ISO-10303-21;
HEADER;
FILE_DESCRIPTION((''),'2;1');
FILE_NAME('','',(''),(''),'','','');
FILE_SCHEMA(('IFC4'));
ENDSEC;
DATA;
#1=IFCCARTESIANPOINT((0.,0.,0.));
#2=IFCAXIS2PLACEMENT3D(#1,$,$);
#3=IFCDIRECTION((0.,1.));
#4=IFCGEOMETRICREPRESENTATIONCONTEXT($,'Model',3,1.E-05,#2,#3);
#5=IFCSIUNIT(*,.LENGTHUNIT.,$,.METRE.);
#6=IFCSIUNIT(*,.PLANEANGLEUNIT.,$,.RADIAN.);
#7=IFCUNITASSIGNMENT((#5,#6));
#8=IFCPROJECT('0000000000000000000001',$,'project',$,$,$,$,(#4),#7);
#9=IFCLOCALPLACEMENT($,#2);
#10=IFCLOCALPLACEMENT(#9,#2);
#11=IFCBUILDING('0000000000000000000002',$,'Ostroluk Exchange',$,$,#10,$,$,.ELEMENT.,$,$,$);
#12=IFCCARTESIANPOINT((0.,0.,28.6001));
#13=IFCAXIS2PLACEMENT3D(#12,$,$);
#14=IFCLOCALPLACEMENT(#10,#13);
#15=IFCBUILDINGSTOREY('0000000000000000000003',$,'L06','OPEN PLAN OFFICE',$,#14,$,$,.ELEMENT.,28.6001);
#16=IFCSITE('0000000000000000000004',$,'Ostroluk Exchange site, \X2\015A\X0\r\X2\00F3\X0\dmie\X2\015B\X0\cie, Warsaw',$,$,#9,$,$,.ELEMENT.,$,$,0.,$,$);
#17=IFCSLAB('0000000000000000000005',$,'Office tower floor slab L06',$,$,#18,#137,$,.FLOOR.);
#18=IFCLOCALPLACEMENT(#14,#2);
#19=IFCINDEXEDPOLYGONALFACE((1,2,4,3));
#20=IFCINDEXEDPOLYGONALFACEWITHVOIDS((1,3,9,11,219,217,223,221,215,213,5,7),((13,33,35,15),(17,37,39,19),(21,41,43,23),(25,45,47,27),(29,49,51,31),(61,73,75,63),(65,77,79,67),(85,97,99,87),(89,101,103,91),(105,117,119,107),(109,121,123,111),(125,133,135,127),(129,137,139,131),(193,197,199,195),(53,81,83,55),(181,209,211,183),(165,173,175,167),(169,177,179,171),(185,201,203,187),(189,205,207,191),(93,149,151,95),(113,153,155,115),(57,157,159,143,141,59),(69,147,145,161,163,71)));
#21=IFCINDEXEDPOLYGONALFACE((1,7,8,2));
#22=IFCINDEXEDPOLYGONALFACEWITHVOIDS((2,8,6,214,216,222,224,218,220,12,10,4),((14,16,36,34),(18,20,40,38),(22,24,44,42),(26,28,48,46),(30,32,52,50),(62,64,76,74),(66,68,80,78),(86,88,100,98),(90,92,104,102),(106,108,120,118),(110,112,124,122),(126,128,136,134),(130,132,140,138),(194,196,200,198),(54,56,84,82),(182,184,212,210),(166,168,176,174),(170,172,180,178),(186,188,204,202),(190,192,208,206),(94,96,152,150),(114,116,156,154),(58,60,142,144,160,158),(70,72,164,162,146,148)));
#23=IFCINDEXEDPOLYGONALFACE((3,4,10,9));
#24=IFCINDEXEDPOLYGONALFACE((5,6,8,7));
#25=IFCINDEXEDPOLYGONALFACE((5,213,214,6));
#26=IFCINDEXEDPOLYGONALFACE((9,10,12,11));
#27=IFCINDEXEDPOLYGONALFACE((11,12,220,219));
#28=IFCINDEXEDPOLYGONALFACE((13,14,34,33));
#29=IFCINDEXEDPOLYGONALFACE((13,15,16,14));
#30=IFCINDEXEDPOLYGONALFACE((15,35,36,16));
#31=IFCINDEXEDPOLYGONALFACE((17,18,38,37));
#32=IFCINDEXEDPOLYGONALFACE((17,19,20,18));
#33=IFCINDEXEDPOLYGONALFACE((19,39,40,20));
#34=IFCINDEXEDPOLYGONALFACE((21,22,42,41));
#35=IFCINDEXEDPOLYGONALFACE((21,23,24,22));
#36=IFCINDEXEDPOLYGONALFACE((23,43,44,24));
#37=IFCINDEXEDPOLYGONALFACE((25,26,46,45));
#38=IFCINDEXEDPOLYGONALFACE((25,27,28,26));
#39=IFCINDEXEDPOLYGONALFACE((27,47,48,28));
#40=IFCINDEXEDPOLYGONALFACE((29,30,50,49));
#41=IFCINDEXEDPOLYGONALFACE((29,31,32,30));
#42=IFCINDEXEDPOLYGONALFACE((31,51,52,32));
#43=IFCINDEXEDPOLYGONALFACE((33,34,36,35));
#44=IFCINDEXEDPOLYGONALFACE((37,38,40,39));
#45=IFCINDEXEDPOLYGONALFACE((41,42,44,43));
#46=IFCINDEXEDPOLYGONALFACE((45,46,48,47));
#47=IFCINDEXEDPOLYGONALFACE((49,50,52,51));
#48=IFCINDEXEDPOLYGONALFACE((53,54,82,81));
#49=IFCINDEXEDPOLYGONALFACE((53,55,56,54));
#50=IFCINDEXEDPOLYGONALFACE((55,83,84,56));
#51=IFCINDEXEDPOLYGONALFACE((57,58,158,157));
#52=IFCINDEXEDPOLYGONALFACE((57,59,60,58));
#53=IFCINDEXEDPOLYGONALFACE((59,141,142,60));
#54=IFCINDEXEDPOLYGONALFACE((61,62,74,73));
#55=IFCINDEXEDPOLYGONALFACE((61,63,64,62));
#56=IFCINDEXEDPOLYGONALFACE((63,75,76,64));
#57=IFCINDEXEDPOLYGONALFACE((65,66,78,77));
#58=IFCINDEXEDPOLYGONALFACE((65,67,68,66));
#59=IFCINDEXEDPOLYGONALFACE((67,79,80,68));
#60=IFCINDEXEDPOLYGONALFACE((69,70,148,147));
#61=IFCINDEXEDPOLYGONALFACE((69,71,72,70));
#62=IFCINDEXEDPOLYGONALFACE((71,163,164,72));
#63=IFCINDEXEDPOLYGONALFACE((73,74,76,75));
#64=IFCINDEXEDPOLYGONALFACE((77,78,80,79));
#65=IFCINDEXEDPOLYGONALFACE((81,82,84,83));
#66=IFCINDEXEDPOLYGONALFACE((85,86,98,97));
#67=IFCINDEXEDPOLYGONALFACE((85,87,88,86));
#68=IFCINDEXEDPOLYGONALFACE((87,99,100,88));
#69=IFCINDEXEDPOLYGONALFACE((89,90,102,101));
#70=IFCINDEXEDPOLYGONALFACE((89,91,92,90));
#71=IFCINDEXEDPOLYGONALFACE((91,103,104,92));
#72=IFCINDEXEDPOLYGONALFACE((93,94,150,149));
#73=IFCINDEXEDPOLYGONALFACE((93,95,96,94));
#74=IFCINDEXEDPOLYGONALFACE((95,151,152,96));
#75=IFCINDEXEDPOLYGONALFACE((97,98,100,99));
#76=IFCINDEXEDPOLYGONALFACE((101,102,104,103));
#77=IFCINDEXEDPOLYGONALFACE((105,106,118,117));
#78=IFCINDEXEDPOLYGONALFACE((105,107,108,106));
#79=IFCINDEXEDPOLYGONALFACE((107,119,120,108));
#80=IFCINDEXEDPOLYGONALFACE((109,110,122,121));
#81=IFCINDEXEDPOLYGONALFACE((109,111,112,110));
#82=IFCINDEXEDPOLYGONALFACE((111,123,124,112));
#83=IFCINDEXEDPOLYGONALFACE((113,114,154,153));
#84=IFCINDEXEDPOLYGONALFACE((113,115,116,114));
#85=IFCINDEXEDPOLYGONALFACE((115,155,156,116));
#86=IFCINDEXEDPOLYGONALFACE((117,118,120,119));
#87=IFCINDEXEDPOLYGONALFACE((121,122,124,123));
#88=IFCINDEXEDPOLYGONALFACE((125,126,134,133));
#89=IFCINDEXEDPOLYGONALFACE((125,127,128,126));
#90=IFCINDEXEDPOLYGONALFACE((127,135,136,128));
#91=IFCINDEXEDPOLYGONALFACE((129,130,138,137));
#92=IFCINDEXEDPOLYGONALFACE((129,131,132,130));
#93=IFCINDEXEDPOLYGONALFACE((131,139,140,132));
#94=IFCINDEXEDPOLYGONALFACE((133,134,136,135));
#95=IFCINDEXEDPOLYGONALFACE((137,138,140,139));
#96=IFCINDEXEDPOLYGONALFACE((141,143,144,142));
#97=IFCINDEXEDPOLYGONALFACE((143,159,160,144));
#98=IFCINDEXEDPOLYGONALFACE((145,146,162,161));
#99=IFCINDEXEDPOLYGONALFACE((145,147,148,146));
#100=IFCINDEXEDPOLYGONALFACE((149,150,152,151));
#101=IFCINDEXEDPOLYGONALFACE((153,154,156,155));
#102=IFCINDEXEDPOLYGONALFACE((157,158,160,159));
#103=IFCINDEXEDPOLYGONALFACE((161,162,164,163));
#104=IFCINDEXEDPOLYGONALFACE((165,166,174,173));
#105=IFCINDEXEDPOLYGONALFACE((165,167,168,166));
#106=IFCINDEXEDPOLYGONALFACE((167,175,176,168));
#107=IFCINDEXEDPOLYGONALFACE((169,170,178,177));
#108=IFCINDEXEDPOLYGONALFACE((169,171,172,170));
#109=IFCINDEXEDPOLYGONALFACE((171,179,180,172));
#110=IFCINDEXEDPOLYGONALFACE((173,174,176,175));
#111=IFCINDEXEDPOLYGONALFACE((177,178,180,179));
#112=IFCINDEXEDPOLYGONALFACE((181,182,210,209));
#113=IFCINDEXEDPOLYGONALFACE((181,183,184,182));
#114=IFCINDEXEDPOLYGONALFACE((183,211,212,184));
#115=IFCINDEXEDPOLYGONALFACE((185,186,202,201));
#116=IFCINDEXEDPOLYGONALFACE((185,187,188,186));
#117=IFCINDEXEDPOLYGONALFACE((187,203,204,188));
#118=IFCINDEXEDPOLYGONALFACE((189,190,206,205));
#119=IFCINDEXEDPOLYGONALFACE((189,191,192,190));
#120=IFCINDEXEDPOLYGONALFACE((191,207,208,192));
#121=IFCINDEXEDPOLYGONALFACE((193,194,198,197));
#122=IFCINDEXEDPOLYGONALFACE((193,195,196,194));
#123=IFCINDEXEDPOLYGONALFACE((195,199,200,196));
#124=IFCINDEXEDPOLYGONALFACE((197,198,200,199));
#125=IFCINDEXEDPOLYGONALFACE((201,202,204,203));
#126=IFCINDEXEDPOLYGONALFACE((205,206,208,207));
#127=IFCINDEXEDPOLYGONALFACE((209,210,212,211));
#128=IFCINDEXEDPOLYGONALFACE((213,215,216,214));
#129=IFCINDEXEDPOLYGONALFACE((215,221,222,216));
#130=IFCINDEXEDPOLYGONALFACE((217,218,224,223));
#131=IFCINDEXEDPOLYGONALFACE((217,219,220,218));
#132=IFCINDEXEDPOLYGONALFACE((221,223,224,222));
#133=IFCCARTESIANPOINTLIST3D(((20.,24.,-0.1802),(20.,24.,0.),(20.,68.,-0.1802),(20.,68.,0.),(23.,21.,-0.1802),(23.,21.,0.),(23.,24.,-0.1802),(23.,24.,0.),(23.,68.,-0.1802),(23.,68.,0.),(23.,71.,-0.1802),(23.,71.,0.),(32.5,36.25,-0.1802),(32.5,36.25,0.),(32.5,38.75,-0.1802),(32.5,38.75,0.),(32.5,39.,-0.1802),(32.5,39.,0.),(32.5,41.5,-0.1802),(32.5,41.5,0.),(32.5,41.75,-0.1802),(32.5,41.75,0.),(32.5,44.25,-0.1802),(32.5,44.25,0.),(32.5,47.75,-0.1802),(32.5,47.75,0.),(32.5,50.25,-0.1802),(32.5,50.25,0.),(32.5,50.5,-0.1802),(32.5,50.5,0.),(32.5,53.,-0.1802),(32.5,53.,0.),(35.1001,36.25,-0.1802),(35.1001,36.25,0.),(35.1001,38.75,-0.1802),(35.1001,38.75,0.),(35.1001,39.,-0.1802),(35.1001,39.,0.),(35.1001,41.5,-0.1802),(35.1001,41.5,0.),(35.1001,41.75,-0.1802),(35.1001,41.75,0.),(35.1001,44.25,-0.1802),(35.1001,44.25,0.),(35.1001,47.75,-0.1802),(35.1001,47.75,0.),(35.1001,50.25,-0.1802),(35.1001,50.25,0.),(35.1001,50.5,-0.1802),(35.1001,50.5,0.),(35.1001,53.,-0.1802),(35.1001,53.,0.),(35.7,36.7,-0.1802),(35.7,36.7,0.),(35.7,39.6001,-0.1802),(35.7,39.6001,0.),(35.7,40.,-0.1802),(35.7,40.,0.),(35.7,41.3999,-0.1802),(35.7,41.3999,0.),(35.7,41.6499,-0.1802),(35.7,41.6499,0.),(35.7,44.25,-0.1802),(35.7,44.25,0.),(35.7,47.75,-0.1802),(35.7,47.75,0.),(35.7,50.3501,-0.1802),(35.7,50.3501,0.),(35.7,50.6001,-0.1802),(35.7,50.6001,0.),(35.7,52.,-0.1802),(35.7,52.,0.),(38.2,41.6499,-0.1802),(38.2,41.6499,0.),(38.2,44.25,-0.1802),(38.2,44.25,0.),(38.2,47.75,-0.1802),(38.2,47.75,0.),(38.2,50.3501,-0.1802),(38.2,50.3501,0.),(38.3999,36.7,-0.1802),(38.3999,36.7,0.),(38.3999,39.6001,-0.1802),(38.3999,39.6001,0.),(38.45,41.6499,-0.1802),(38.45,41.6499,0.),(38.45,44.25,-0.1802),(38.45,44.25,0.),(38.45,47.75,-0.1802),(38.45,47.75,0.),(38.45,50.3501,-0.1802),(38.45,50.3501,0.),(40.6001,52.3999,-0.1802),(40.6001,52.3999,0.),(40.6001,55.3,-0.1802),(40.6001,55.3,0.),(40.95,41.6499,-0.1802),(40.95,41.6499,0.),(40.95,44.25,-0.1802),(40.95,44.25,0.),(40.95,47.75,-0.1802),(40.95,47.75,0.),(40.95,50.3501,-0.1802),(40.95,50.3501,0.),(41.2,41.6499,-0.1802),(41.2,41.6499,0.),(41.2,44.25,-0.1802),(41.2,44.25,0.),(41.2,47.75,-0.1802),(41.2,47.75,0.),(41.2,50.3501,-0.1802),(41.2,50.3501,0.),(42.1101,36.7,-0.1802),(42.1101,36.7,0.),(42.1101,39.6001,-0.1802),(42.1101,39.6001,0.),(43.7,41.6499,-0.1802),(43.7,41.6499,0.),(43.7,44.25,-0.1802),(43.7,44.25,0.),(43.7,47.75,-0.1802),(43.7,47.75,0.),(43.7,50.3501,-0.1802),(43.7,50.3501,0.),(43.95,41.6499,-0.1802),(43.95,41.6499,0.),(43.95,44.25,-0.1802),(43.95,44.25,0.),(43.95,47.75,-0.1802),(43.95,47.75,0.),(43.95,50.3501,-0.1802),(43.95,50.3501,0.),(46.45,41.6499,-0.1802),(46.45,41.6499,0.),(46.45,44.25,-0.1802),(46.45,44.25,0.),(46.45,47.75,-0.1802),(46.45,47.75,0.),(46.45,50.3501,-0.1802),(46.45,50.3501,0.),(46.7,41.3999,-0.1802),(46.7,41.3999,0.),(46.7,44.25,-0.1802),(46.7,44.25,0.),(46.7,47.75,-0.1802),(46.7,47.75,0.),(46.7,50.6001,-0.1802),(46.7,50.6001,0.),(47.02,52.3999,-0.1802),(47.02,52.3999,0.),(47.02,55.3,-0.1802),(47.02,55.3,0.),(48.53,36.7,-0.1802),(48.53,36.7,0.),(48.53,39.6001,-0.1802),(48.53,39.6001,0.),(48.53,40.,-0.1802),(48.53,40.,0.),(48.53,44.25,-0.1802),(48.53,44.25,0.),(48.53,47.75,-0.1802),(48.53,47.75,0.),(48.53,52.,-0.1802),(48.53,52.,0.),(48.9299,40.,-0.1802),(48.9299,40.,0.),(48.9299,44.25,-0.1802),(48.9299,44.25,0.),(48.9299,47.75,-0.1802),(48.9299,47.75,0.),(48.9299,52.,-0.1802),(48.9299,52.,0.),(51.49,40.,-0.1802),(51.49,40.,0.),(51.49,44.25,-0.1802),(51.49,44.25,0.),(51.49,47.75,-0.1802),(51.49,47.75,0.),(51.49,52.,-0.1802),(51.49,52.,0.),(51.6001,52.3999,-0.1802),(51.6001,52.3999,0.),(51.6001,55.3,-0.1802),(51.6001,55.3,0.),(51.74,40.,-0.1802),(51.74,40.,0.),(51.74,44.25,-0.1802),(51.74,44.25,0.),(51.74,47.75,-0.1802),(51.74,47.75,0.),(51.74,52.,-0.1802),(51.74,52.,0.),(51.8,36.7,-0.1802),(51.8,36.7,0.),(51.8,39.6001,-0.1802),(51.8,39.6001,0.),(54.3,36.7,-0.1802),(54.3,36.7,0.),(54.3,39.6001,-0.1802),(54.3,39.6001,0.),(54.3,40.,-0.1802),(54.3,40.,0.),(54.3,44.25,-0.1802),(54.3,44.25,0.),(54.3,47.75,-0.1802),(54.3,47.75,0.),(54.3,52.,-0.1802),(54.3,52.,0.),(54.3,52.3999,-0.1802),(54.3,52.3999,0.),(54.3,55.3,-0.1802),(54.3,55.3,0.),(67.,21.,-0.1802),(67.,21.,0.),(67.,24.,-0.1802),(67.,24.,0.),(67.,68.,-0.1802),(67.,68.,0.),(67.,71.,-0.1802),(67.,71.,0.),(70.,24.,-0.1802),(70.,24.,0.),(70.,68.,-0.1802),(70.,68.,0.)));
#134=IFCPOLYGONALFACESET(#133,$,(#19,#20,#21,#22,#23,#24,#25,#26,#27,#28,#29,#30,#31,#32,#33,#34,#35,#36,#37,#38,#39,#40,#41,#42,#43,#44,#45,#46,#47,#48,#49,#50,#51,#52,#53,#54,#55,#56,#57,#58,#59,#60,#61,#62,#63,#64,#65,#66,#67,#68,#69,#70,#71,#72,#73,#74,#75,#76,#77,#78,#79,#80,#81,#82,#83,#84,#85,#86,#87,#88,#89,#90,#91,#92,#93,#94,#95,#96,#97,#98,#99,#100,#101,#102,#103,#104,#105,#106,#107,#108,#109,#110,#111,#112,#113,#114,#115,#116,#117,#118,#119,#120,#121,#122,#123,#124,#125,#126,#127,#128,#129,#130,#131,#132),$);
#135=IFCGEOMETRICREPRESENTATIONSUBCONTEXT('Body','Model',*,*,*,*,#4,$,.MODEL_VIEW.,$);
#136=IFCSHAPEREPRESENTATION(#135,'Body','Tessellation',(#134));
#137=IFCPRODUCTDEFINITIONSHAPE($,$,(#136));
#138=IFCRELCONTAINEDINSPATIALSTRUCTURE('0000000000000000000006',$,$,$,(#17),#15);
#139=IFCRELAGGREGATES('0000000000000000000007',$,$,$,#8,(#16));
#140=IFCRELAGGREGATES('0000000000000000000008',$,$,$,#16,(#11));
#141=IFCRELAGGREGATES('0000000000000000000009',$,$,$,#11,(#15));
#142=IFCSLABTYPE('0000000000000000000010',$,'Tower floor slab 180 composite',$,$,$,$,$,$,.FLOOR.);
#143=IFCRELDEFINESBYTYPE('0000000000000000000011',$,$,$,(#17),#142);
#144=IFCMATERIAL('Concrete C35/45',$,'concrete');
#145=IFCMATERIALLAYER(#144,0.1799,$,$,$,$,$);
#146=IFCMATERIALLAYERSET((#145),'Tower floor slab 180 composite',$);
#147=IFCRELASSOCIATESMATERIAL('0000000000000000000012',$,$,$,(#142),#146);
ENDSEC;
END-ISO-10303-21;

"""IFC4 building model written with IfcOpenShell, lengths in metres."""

from ifc_helpers import new_model, si_unit, direction, frame, origin, place, context, subcontext, project, spatial, polyline, outline, extrude, material, layer, layer_set, type_object, element, save


model = new_model("IFC4")

# Units and contexts
model_context = context("Model", 3, precision=1e-05, world=origin(), true_north=direction((0.0, 1.0)))
body_context = subcontext(model_context, "Body", "Model", "MODEL_VIEW")
ifc_project = project(units=[si_unit("LENGTHUNIT", "METRE"), si_unit("PLANEANGLEUNIT", "RADIAN")], contexts=[model_context])

# Site, building, storey
site_placement = place(None, origin())
site = spatial("IfcSite", under=ifc_project, at=site_placement, Name="Ostroluk Exchange site, Śródmieście, Warsaw", CompositionType="ELEMENT", RefElevation=0.0)
building_placement = place(site_placement, origin())
building = spatial("IfcBuilding", under=site, at=building_placement, Name="Ostroluk Exchange", CompositionType="ELEMENT")
storey_placement = place(building_placement, frame((0.0, 0.0, 28.6001)))
storey = spatial("IfcBuildingStorey", under=building, at=storey_placement, Name="L06", Description="OPEN PLAN OFFICE", CompositionType="ELEMENT", Elevation=28.6001)

# Slab
ifc_material_1 = material(Name="Concrete C35/45", Category="concrete")
ifc_layer_1 = layer(ifc_material_1, 0.1799)
ifc_layer_set_1 = layer_set([ifc_layer_1], Name="Tower floor slab 180 composite")
slab_type_1 = type_object("IfcSlabType", Name="Tower floor slab 180 composite", PredefinedType="FLOOR", material=ifc_layer_set_1)
slab_1_placement = place(storey_placement, frame((0.0, 0.0, -0.1802)))
element("IfcSlab", 1, at=slab_1_placement, inside=storey, type_object=slab_type_1, Name="Office tower floor slab L06", PredefinedType="FLOOR", context=body_context, shape_type="SweptSolid", body=[
    extrude(outline(polyline([(23.0, 21.0), (67.0, 21.0), (67.0, 24.0), (70.0, 24.0), (70.0, 68.0), (67.0, 68.0), (67.0, 71.0), (23.0, 71.0), (23.0, 68.0), (20.0, 68.0), (20.0, 24.0), (23.0, 24.0), (23.0, 21.0)]), holes=[polyline([(35.7, 36.7), (38.3999, 36.7), (38.3999, 39.6001), (35.7, 39.6001), (35.7, 36.7)]), polyline([(42.1101, 36.7), (48.53, 36.7), (48.53, 39.6001), (42.1101, 39.6001), (42.1101, 36.7)]), polyline([(51.8, 36.7), (54.3, 36.7), (54.3, 39.6001), (51.8, 39.6001), (51.8, 36.7)]), polyline([(40.6001, 52.3999), (47.02, 52.3999), (47.02, 55.3), (40.6001, 55.3), (40.6001, 52.3999)]), polyline([(51.6001, 52.3999), (54.3, 52.3999), (54.3, 55.3), (51.6001, 55.3), (51.6001, 52.3999)]), polyline([(35.7, 47.75), (38.2, 47.75), (38.2, 50.3501), (35.7, 50.3501), (35.7, 47.75)]), polyline([(38.45, 47.75), (40.95, 47.75), (40.95, 50.3501), (38.45, 50.3501), (38.45, 47.75)]), polyline([(41.2, 47.75), (43.7, 47.75), (43.7, 50.3501), (41.2, 50.3501), (41.2, 47.75)]), polyline([(43.95, 47.75), (46.45, 47.75), (46.45, 50.3501), (43.95, 50.3501), (43.95, 47.75)]), polyline([(35.7, 41.6499), (38.2, 41.6499), (38.2, 44.25), (35.7, 44.25), (35.7, 41.6499)]), polyline([(38.45, 41.6499), (40.95, 41.6499), (40.95, 44.25), (38.45, 44.25), (38.45, 41.6499)]), polyline([(41.2, 41.6499), (43.7, 41.6499), (43.7, 44.25), (41.2, 44.25), (41.2, 41.6499)]), polyline([(43.95, 41.6499), (46.45, 41.6499), (46.45, 44.25), (43.95, 44.25), (43.95, 41.6499)]), polyline([(48.9299, 47.75), (51.49, 47.75), (51.49, 52.0), (48.9299, 52.0), (48.9299, 47.75)]), polyline([(51.74, 47.75), (54.3, 47.75), (54.3, 52.0), (51.74, 52.0), (51.74, 47.75)]), polyline([(48.9299, 40.0), (51.49, 40.0), (51.49, 44.25), (48.9299, 44.25), (48.9299, 40.0)]), polyline([(51.74, 40.0), (54.3, 40.0), (54.3, 44.25), (51.74, 44.25), (51.74, 40.0)]), polyline([(48.53, 52.0), (48.53, 47.75), (46.7, 47.75), (46.7, 50.6001), (35.7, 50.6001), (35.7, 52.0), (48.53, 52.0)]), polyline([(35.7, 40.0), (35.7, 41.3999), (46.7, 41.3999), (46.7, 44.25), (48.53, 44.25), (48.53, 40.0), (35.7, 40.0)]), polyline([(32.5, 36.25), (35.1001, 36.25), (35.1001, 38.75), (32.5, 38.75), (32.5, 36.25)]), polyline([(32.5, 39.0), (35.1001, 39.0), (35.1001, 41.5), (32.5, 41.5), (32.5, 39.0)]), polyline([(32.5, 41.75), (35.1001, 41.75), (35.1001, 44.25), (32.5, 44.25), (32.5, 41.75)]), polyline([(32.5, 47.75), (35.1001, 47.75), (35.1001, 50.25), (32.5, 50.25), (32.5, 47.75)]), polyline([(32.5, 50.5), (35.1001, 50.5), (35.1001, 53.0), (32.5, 53.0), (32.5, 50.5)])]), origin(), (0.0, 0.0, 1.0), 0.1802),
])

save(model, "model.ifc")
